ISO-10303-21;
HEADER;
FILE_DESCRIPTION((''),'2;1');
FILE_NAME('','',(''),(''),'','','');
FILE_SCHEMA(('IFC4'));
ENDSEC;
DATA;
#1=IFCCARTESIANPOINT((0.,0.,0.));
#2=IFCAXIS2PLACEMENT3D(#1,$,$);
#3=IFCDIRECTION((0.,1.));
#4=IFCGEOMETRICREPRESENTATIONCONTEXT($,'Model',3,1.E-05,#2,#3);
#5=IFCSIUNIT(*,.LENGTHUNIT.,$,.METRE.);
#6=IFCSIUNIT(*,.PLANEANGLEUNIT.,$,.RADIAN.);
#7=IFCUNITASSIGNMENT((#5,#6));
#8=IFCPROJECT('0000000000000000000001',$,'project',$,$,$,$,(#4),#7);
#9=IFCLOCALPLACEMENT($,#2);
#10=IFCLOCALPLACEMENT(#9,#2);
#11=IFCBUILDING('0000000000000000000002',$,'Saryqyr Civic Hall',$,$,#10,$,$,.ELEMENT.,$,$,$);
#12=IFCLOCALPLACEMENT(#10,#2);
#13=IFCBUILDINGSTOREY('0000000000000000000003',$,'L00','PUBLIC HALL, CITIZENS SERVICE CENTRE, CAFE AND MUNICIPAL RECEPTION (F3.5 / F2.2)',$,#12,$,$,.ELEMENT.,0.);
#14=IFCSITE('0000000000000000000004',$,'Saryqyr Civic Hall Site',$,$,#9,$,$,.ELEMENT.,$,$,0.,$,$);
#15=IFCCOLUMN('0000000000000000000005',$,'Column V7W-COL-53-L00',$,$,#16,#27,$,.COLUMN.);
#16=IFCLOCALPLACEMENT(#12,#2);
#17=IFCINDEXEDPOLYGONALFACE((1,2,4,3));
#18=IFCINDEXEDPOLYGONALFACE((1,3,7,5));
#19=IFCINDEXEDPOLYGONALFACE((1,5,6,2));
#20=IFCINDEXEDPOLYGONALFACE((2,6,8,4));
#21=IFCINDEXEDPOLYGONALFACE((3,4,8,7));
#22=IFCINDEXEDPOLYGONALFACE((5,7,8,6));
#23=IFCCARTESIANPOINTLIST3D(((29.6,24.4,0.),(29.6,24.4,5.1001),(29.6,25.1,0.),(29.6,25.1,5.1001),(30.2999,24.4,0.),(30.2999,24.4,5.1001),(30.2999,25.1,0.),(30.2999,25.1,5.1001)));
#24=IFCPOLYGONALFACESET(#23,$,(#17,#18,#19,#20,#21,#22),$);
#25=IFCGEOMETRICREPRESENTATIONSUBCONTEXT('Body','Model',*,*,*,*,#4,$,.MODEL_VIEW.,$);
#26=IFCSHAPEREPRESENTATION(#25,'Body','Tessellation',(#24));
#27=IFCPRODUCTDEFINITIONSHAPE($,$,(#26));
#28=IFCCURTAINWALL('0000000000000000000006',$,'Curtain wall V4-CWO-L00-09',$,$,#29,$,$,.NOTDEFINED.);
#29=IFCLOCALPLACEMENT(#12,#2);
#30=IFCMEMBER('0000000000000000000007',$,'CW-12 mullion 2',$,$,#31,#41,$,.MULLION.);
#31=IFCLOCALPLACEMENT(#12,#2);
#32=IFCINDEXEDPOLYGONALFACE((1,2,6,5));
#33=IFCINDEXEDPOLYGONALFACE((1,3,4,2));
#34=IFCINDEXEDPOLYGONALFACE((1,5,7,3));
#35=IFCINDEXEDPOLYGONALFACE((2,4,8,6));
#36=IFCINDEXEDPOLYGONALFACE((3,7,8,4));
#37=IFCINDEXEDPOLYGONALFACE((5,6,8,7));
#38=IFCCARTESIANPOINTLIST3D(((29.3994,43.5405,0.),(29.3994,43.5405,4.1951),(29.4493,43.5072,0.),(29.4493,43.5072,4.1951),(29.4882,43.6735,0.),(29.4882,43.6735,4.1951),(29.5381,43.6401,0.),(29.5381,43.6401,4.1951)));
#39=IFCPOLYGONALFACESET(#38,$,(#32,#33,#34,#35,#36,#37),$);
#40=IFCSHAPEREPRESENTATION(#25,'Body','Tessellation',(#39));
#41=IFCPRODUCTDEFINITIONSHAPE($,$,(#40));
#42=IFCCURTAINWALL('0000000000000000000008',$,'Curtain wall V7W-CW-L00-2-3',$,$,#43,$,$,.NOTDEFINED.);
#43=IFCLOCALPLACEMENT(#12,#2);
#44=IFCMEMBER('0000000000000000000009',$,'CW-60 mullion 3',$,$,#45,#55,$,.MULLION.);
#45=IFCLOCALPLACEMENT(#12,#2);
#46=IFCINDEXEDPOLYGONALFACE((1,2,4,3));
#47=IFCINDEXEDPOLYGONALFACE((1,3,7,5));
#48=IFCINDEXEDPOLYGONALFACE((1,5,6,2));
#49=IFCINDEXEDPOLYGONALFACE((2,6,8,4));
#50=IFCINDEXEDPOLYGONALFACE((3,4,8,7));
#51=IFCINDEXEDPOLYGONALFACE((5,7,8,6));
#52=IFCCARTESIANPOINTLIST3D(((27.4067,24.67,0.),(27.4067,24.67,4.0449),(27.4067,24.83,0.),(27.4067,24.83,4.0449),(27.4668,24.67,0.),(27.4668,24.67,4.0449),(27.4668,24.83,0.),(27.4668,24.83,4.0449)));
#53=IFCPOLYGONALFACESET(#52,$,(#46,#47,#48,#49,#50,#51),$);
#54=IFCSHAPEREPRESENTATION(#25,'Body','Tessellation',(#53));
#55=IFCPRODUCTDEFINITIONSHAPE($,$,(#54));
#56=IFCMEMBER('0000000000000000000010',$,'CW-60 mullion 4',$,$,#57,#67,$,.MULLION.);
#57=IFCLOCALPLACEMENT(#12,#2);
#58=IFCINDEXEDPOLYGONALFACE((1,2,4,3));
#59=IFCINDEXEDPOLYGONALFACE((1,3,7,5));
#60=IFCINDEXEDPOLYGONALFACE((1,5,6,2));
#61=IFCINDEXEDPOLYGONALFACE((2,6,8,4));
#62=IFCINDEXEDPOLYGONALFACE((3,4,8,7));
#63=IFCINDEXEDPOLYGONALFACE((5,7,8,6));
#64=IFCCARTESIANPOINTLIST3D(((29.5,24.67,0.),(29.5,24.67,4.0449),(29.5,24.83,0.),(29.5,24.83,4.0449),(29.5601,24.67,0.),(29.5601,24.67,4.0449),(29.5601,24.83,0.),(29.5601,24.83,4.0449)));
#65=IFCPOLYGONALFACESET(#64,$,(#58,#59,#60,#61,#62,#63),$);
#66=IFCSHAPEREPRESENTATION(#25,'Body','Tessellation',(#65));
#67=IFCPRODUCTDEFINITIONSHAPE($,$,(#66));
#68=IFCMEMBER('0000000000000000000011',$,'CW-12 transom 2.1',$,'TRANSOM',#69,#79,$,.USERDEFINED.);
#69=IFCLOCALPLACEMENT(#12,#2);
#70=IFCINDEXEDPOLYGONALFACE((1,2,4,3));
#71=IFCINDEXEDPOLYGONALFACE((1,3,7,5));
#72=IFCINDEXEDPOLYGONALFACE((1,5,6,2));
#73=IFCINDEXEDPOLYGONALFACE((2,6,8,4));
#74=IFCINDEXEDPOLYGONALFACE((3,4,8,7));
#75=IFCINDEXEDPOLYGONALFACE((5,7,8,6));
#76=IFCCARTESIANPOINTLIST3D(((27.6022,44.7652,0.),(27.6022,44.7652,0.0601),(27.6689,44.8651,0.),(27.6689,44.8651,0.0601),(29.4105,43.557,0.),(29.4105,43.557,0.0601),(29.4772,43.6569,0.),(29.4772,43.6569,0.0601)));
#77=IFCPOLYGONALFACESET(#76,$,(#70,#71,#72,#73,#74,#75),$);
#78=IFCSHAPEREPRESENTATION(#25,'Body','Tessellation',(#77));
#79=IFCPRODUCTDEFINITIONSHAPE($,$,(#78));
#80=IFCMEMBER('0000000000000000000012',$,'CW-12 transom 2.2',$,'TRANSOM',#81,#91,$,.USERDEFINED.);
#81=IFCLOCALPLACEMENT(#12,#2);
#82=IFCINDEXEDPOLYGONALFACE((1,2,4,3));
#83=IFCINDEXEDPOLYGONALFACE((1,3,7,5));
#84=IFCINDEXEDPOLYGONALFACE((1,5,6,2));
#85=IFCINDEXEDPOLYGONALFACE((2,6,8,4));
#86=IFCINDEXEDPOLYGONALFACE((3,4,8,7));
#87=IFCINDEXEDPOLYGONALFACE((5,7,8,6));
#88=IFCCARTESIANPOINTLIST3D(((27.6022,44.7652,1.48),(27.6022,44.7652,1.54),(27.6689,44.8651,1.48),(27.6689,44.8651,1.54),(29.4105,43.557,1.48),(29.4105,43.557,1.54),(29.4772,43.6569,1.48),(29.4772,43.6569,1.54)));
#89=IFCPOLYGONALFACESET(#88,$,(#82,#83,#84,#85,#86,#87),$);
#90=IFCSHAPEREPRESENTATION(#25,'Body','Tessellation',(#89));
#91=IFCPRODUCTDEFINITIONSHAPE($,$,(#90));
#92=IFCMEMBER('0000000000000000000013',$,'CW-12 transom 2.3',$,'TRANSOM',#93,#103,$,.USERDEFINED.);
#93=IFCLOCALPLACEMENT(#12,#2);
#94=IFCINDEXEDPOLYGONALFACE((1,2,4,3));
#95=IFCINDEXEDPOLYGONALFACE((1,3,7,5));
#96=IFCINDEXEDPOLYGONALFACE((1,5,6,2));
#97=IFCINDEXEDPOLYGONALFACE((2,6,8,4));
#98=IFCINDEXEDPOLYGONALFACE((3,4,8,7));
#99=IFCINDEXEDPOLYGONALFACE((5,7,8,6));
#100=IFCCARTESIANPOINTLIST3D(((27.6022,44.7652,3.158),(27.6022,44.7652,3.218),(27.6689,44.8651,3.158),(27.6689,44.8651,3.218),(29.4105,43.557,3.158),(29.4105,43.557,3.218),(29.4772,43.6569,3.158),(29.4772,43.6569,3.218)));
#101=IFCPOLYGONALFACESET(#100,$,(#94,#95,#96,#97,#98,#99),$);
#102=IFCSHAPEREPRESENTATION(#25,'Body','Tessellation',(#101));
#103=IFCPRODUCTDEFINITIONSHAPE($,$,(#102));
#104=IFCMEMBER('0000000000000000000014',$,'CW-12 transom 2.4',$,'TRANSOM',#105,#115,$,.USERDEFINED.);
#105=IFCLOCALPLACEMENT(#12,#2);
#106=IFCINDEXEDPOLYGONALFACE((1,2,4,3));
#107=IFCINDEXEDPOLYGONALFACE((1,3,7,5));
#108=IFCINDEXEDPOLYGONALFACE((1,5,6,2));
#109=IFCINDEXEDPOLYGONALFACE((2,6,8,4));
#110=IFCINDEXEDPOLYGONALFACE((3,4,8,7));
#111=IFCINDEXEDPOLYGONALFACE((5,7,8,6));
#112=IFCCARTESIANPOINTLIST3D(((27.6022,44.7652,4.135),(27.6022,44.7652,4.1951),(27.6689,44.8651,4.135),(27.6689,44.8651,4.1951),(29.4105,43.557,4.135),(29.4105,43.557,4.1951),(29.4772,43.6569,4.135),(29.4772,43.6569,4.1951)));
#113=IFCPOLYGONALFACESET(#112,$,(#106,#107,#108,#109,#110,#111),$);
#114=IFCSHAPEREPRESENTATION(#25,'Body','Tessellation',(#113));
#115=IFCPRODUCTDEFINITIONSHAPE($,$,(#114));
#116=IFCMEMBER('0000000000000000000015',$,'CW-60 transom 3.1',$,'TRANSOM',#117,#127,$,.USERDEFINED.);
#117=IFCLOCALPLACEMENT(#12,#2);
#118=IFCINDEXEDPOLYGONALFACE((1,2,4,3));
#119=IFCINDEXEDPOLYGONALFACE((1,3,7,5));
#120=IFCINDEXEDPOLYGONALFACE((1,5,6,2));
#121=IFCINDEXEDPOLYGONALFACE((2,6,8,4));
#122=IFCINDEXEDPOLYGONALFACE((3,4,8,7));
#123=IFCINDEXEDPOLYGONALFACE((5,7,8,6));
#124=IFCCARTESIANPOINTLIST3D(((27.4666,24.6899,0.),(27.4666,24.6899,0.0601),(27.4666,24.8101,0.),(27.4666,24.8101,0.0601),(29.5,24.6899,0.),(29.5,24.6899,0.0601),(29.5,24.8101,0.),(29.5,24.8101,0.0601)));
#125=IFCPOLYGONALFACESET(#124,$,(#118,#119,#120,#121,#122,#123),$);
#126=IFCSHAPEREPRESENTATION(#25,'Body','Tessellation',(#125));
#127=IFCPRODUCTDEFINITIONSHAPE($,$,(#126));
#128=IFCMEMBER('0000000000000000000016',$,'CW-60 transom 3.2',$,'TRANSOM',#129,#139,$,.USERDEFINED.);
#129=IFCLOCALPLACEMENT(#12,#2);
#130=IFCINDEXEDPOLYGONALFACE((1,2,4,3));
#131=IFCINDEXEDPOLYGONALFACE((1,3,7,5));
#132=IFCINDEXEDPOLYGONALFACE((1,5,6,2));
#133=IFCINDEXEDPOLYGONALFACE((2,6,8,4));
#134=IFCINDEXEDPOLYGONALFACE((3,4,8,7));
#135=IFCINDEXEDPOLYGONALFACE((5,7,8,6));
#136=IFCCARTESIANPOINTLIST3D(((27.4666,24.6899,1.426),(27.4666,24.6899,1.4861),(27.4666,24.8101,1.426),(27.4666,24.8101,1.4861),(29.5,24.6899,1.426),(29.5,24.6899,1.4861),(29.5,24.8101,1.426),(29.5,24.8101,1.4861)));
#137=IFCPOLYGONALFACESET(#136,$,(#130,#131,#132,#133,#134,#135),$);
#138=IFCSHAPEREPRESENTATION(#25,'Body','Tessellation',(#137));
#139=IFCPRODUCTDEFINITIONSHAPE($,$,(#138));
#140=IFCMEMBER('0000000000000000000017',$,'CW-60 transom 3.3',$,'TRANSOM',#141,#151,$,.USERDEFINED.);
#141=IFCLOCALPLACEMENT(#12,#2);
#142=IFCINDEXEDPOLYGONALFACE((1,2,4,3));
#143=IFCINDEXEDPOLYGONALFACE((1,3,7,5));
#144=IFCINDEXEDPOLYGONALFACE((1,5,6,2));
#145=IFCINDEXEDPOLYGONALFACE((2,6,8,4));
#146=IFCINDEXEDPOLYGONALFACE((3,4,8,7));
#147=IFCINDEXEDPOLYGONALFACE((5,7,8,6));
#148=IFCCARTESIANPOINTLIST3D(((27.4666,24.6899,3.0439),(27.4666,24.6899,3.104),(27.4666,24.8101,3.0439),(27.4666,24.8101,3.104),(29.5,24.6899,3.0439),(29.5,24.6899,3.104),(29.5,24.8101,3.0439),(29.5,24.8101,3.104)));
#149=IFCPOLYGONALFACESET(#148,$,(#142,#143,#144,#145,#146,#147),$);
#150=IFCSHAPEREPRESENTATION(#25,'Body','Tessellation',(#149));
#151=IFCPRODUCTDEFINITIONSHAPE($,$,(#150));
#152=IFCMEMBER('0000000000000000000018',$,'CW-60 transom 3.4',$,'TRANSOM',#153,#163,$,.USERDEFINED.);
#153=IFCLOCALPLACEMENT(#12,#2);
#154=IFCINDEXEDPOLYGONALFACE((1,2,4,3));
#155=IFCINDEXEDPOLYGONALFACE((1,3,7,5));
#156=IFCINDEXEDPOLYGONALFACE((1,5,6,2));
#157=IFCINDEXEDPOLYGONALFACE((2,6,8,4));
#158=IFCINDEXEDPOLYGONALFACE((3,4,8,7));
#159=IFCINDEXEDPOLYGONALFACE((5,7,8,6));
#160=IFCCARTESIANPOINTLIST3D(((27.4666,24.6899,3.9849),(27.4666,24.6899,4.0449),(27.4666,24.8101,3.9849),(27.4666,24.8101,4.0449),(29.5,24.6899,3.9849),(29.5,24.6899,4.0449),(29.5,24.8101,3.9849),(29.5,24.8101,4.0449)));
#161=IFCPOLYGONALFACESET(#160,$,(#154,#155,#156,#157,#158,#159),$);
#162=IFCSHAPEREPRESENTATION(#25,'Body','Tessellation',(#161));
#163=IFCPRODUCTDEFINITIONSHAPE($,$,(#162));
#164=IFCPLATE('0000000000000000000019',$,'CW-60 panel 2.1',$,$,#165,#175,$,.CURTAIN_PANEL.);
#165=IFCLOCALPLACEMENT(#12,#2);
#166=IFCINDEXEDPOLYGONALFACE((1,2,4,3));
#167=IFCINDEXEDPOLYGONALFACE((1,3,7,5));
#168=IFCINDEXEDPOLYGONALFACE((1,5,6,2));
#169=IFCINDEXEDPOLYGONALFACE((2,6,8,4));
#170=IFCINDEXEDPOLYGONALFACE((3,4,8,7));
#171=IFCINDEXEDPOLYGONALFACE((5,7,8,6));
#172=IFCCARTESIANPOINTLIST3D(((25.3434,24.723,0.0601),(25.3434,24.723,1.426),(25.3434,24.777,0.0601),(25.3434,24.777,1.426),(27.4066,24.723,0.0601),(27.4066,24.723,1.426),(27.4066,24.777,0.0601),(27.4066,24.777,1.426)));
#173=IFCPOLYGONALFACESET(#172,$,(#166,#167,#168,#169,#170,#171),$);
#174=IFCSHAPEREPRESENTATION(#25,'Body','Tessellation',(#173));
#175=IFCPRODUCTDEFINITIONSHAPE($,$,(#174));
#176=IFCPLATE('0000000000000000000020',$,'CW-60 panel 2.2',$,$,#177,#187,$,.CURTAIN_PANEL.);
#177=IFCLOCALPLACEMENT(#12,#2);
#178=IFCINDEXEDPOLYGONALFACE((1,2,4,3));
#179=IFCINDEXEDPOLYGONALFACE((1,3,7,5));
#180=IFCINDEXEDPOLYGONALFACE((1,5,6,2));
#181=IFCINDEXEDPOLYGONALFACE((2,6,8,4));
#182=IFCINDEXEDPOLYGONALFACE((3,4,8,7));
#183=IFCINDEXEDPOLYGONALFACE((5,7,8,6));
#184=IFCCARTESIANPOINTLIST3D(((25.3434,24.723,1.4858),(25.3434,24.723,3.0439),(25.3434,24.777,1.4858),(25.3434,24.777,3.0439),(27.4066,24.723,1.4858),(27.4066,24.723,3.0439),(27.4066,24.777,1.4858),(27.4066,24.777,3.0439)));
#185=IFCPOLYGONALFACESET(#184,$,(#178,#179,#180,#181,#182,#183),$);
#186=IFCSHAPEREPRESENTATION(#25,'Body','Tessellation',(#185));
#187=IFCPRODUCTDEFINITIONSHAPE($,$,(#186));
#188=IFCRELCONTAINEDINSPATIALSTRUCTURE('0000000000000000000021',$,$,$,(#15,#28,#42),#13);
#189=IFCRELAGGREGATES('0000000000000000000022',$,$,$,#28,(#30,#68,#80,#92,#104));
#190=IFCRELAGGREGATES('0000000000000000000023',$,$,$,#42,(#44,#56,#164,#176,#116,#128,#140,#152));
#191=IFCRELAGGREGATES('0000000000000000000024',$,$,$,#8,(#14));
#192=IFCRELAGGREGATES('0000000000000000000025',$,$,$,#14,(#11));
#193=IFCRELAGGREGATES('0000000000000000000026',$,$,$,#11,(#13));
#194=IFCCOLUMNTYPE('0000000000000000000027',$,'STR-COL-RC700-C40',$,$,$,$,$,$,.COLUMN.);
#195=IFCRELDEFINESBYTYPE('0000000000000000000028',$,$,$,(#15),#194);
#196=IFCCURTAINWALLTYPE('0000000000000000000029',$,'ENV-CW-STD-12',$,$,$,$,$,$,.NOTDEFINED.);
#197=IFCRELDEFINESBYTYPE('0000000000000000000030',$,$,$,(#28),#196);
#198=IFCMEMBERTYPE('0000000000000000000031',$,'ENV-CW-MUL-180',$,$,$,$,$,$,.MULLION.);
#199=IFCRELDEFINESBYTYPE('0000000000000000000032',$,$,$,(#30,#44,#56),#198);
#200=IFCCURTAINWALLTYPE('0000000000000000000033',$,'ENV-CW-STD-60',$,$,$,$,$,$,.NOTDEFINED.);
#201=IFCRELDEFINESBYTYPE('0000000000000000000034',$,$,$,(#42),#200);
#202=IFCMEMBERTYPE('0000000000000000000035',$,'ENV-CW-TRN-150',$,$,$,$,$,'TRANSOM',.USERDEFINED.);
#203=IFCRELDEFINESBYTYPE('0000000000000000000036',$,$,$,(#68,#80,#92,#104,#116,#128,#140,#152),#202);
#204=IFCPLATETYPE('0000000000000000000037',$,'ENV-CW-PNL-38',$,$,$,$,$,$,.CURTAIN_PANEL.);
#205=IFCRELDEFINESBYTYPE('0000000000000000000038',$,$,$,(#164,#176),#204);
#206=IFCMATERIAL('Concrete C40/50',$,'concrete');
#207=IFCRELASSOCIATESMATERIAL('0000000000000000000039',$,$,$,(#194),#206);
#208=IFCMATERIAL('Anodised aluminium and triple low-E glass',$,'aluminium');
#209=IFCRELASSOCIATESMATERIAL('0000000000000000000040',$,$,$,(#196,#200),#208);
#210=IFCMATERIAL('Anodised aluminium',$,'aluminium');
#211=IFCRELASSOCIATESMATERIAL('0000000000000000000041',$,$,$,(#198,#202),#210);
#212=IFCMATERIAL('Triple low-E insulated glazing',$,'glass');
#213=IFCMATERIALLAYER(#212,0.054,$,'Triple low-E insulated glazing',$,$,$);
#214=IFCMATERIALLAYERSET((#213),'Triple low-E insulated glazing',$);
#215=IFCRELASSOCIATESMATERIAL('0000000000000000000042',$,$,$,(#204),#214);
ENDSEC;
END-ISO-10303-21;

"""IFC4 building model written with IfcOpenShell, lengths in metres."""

from ifc_helpers import new_model, si_unit, direction, frame, origin, origin_2d, place, context, subcontext, project, spatial, rectangle, extrude, material, layer, layer_set, material_profile, profile_set, type_object, element, aggregate, save


model = new_model("IFC4")

# Units and contexts
model_context = context("Model", 3, precision=1e-05, world=origin(), true_north=direction((0.0, 1.0)))
body_context = subcontext(model_context, "Body", "Model", "MODEL_VIEW")
ifc_project = project(units=[si_unit("LENGTHUNIT", "METRE"), si_unit("PLANEANGLEUNIT", "RADIAN")], contexts=[model_context])

# Site, building, storey
site_placement = place(None, origin())
site = spatial("IfcSite", under=ifc_project, at=site_placement, Name="Saryqyr Civic Hall Site", CompositionType="ELEMENT", RefElevation=0.0)
building_placement = place(site_placement, origin())
building = spatial("IfcBuilding", under=site, at=building_placement, Name="Saryqyr Civic Hall", CompositionType="ELEMENT")
storey_placement = place(building_placement, origin())
storey = spatial("IfcBuildingStorey", under=building, at=storey_placement, Name="L00", Description="PUBLIC HALL, CITIZENS SERVICE CENTRE, CAFE AND MUNICIPAL RECEPTION (F3.5 / F2.2)", CompositionType="ELEMENT", Elevation=0.0)

# Column
ifc_material_1 = material(Name="Concrete C40/50", Category="concrete")
ifc_material_profile_1 = material_profile(ifc_material_1, rectangle(XDim=0.7, YDim=0.7, at=origin_2d()), Name="RC 700x700")
ifc_profile_set_1 = profile_set([ifc_material_profile_1], Name="Concrete C40/50")
column_type = type_object("IfcColumnType", Name="STR-COL-RC700-C40", PredefinedType="COLUMN", material=ifc_profile_set_1)
column_placement = place(storey_placement, frame((29.95, 24.75, 0.0), z_axis=(0.0, 0.0, 1.0), x_axis=(1.0, 0.0, 0.0)))
element("IfcColumn", 1, at=column_placement, inside=storey, type_object=column_type, Name="Column V7W-COL-53-L00", PredefinedType="COLUMN", context=body_context, shape_type="SweptSolid", body=[
    extrude(rectangle(XDim=0.7, YDim=0.7, at=origin_2d()), origin(), (0.0, 0.0, 1.0), 5.1001),
])

# Curtain wall, member
ifc_material_2 = material(Name="Anodised aluminium and triple low-E glass", Category="aluminium")
curtain_wall_type_1 = type_object("IfcCurtainWallType", Name="ENV-CW-STD-12", PredefinedType="NOTDEFINED", material=ifc_material_2)
curtain_wall_1_placement = place(storey_placement, origin())
curtain_wall_1 = element("IfcCurtainWall", 2, at=curtain_wall_1_placement, inside=storey, type_object=curtain_wall_type_1, Name="Curtain wall V4-CWO-L00-09", PredefinedType="NOTDEFINED")
ifc_material_3 = material(Name="Anodised aluminium", Category="aluminium")
ifc_material_profile_2 = material_profile(ifc_material_3, rectangle(XDim=0.0601, YDim=0.1599, at=origin_2d()), Name="ALU MULLION 60x160")
ifc_profile_set_2 = profile_set([ifc_material_profile_2], Name="Anodised aluminium")
member_type_1 = type_object("IfcMemberType", Name="ENV-CW-MUL-180", PredefinedType="MULLION", material=ifc_profile_set_2)
member_1_placement = place(storey_placement, frame((29.4688, 43.5903, 0.0), z_axis=(0.0, 0.0, 1.0), x_axis=(-0.831476, 0.555561, 0.0)))
member_1 = element("IfcMember", 3, at=member_1_placement, type_object=member_type_1, Name="CW-12 mullion 2", PredefinedType="MULLION", context=body_context, shape_type="SweptSolid", body=[
    extrude(rectangle(XDim=0.0601, YDim=0.1599, at=origin_2d()), origin(), (0.0, 0.0, 1.0), 4.1951),
])

# Curtain wall, members
curtain_wall_type_2 = type_object("IfcCurtainWallType", Name="ENV-CW-STD-60", PredefinedType="NOTDEFINED", material=ifc_material_2)
curtain_wall_2_placement = place(storey_placement, origin())
curtain_wall_2 = element("IfcCurtainWall", 4, at=curtain_wall_2_placement, inside=storey, type_object=curtain_wall_type_2, Name="Curtain wall V7W-CW-L00-2-3", PredefinedType="NOTDEFINED")
member_2_placement = place(storey_placement, frame((27.4368, 24.75, 0.0), z_axis=(0.0, 0.0, 1.0), x_axis=(1.0, 0.0, 0.0)))
member_2 = element("IfcMember", 5, at=member_2_placement, type_object=member_type_1, Name="CW-60 mullion 3", PredefinedType="MULLION", context=body_context, shape_type="SweptSolid", body=[
    extrude(rectangle(XDim=0.0601, YDim=0.1599, at=origin_2d()), origin(), (0.0, 0.0, 1.0), 4.0449),
])
member_3_placement = place(storey_placement, frame((29.53, 24.75, 0.0), z_axis=(0.0, 0.0, 1.0), x_axis=(1.0, 0.0, 0.0)))
member_3 = element("IfcMember", 6, at=member_3_placement, type_object=member_type_1, Name="CW-60 mullion 4", PredefinedType="MULLION", context=body_context, shape_type="SweptSolid", body=[
    extrude(rectangle(XDim=0.0601, YDim=0.1599, at=origin_2d()), origin(), (0.0, 0.0, 1.0), 4.0449),
])

# Members
ifc_material_profile_3 = material_profile(ifc_material_3, rectangle(XDim=0.1201, YDim=0.0601, at=origin_2d()), Name="ALU TRANSOM 120x60")
ifc_profile_set_3 = profile_set([ifc_material_profile_3], Name="Anodised aluminium")
member_type_2 = type_object("IfcMemberType", Name="ENV-CW-TRN-150", ElementType="TRANSOM", PredefinedType="USERDEFINED", material=ifc_profile_set_3)
member_4_placement = place(storey_placement, frame((29.4438, 43.6069, 0.03), z_axis=(-0.83148, 0.555555, 0.0), x_axis=(-0.555555, -0.83148, 0.0)))
member_4 = element("IfcMember", 7, at=member_4_placement, type_object=member_type_2, Name="CW-12 transom 2.1", ObjectType="TRANSOM", PredefinedType="USERDEFINED", context=body_context, shape_type="SweptSolid", body=[
    extrude(rectangle(XDim=0.1201, YDim=0.0601, at=origin_2d()), origin(), (0.0, 0.0, 1.0), 2.1748),
])
member_5_placement = place(storey_placement, frame((29.4438, 43.6069, 1.51), z_axis=(-0.83148, 0.555555, 0.0), x_axis=(-0.555555, -0.83148, 0.0)))
member_5 = element("IfcMember", 8, at=member_5_placement, type_object=member_type_2, Name="CW-12 transom 2.2", ObjectType="TRANSOM", PredefinedType="USERDEFINED", context=body_context, shape_type="SweptSolid", body=[
    extrude(rectangle(XDim=0.1201, YDim=0.0601, at=origin_2d()), origin(), (0.0, 0.0, 1.0), 2.1748),
])
member_6_placement = place(storey_placement, frame((29.4438, 43.6069, 3.188), z_axis=(-0.83148, 0.555555, 0.0), x_axis=(-0.555555, -0.83148, 0.0)))
member_6 = element("IfcMember", 9, at=member_6_placement, type_object=member_type_2, Name="CW-12 transom 2.3", ObjectType="TRANSOM", PredefinedType="USERDEFINED", context=body_context, shape_type="SweptSolid", body=[
    extrude(rectangle(XDim=0.1201, YDim=0.0601, at=origin_2d()), origin(), (0.0, 0.0, 1.0), 2.1748),
])
member_7_placement = place(storey_placement, frame((29.4438, 43.6069, 4.165), z_axis=(-0.83148, 0.555555, 0.0), x_axis=(-0.555555, -0.83148, 0.0)))
member_7 = element("IfcMember", 10, at=member_7_placement, type_object=member_type_2, Name="CW-12 transom 2.4", ObjectType="TRANSOM", PredefinedType="USERDEFINED", context=body_context, shape_type="SweptSolid", body=[
    extrude(rectangle(XDim=0.1201, YDim=0.0601, at=origin_2d()), origin(), (0.0, 0.0, 1.0), 2.1748),
])
aggregate(curtain_wall_1, [member_1, member_4, member_5, member_6, member_7])
member_8_placement = place(storey_placement, frame((27.4666, 24.75, 0.03), z_axis=(1.0, 0.0, 0.0), x_axis=(0.0, 1.0, 0.0)))
member_8 = element("IfcMember", 11, at=member_8_placement, type_object=member_type_2, Name="CW-60 transom 3.1", ObjectType="TRANSOM", PredefinedType="USERDEFINED", context=body_context, shape_type="SweptSolid", body=[
    extrude(rectangle(XDim=0.1201, YDim=0.0601, at=origin_2d()), origin(), (0.0, 0.0, 1.0), 2.0334),
])
member_9_placement = place(storey_placement, frame((27.4666, 24.75, 1.4561), z_axis=(1.0, 0.0, 0.0), x_axis=(0.0, 1.0, 0.0)))
member_9 = element("IfcMember", 12, at=member_9_placement, type_object=member_type_2, Name="CW-60 transom 3.2", ObjectType="TRANSOM", PredefinedType="USERDEFINED", context=body_context, shape_type="SweptSolid", body=[
    extrude(rectangle(XDim=0.1201, YDim=0.0601, at=origin_2d()), origin(), (0.0, 0.0, 1.0), 2.0334),
])
member_10_placement = place(storey_placement, frame((27.4666, 24.75, 3.074), z_axis=(1.0, 0.0, 0.0), x_axis=(0.0, 1.0, 0.0)))
member_10 = element("IfcMember", 13, at=member_10_placement, type_object=member_type_2, Name="CW-60 transom 3.3", ObjectType="TRANSOM", PredefinedType="USERDEFINED", context=body_context, shape_type="SweptSolid", body=[
    extrude(rectangle(XDim=0.1201, YDim=0.0601, at=origin_2d()), origin(), (0.0, 0.0, 1.0), 2.0334),
])
member_11_placement = place(storey_placement, frame((27.4666, 24.75, 4.0149), z_axis=(1.0, 0.0, 0.0), x_axis=(0.0, 1.0, 0.0)))
member_11 = element("IfcMember", 14, at=member_11_placement, type_object=member_type_2, Name="CW-60 transom 3.4", ObjectType="TRANSOM", PredefinedType="USERDEFINED", context=body_context, shape_type="SweptSolid", body=[
    extrude(rectangle(XDim=0.1201, YDim=0.0601, at=origin_2d()), origin(), (0.0, 0.0, 1.0), 2.0334),
])

# Plates
ifc_material_4 = material(Name="Triple low-E insulated glazing", Category="glass")
ifc_layer_1 = layer(ifc_material_4, 0.054, Name="Triple low-E insulated glazing")
ifc_layer_set_1 = layer_set([ifc_layer_1], Name="Triple low-E insulated glazing")
plate_type = type_object("IfcPlateType", Name="ENV-CW-PNL-38", PredefinedType="CURTAIN_PANEL", material=ifc_layer_set_1)
plate_1_placement = place(storey_placement, frame((26.375, 24.75, 0.0601), z_axis=(0.0, 0.0, 1.0), x_axis=(1.0, 0.0, 0.0)))
plate_1 = element("IfcPlate", 15, at=plate_1_placement, type_object=plate_type, Name="CW-60 panel 2.1", PredefinedType="CURTAIN_PANEL", context=body_context, shape_type="SweptSolid", body=[
    extrude(rectangle(XDim=2.0632, YDim=0.054, at=origin_2d()), origin(), (0.0, 0.0, 1.0), 1.366),
])
plate_2_placement = place(storey_placement, frame((26.375, 24.75, 1.4858), z_axis=(0.0, 0.0, 1.0), x_axis=(1.0, 0.0, 0.0)))
plate_2 = element("IfcPlate", 16, at=plate_2_placement, type_object=plate_type, Name="CW-60 panel 2.2", PredefinedType="CURTAIN_PANEL", context=body_context, shape_type="SweptSolid", body=[
    extrude(rectangle(XDim=2.0632, YDim=0.054, at=origin_2d()), origin(), (0.0, 0.0, 1.0), 1.5581),
])
aggregate(curtain_wall_2, [member_2, member_3, plate_1, plate_2, member_8, member_9, member_10, member_11])

save(model, "model.ifc")
